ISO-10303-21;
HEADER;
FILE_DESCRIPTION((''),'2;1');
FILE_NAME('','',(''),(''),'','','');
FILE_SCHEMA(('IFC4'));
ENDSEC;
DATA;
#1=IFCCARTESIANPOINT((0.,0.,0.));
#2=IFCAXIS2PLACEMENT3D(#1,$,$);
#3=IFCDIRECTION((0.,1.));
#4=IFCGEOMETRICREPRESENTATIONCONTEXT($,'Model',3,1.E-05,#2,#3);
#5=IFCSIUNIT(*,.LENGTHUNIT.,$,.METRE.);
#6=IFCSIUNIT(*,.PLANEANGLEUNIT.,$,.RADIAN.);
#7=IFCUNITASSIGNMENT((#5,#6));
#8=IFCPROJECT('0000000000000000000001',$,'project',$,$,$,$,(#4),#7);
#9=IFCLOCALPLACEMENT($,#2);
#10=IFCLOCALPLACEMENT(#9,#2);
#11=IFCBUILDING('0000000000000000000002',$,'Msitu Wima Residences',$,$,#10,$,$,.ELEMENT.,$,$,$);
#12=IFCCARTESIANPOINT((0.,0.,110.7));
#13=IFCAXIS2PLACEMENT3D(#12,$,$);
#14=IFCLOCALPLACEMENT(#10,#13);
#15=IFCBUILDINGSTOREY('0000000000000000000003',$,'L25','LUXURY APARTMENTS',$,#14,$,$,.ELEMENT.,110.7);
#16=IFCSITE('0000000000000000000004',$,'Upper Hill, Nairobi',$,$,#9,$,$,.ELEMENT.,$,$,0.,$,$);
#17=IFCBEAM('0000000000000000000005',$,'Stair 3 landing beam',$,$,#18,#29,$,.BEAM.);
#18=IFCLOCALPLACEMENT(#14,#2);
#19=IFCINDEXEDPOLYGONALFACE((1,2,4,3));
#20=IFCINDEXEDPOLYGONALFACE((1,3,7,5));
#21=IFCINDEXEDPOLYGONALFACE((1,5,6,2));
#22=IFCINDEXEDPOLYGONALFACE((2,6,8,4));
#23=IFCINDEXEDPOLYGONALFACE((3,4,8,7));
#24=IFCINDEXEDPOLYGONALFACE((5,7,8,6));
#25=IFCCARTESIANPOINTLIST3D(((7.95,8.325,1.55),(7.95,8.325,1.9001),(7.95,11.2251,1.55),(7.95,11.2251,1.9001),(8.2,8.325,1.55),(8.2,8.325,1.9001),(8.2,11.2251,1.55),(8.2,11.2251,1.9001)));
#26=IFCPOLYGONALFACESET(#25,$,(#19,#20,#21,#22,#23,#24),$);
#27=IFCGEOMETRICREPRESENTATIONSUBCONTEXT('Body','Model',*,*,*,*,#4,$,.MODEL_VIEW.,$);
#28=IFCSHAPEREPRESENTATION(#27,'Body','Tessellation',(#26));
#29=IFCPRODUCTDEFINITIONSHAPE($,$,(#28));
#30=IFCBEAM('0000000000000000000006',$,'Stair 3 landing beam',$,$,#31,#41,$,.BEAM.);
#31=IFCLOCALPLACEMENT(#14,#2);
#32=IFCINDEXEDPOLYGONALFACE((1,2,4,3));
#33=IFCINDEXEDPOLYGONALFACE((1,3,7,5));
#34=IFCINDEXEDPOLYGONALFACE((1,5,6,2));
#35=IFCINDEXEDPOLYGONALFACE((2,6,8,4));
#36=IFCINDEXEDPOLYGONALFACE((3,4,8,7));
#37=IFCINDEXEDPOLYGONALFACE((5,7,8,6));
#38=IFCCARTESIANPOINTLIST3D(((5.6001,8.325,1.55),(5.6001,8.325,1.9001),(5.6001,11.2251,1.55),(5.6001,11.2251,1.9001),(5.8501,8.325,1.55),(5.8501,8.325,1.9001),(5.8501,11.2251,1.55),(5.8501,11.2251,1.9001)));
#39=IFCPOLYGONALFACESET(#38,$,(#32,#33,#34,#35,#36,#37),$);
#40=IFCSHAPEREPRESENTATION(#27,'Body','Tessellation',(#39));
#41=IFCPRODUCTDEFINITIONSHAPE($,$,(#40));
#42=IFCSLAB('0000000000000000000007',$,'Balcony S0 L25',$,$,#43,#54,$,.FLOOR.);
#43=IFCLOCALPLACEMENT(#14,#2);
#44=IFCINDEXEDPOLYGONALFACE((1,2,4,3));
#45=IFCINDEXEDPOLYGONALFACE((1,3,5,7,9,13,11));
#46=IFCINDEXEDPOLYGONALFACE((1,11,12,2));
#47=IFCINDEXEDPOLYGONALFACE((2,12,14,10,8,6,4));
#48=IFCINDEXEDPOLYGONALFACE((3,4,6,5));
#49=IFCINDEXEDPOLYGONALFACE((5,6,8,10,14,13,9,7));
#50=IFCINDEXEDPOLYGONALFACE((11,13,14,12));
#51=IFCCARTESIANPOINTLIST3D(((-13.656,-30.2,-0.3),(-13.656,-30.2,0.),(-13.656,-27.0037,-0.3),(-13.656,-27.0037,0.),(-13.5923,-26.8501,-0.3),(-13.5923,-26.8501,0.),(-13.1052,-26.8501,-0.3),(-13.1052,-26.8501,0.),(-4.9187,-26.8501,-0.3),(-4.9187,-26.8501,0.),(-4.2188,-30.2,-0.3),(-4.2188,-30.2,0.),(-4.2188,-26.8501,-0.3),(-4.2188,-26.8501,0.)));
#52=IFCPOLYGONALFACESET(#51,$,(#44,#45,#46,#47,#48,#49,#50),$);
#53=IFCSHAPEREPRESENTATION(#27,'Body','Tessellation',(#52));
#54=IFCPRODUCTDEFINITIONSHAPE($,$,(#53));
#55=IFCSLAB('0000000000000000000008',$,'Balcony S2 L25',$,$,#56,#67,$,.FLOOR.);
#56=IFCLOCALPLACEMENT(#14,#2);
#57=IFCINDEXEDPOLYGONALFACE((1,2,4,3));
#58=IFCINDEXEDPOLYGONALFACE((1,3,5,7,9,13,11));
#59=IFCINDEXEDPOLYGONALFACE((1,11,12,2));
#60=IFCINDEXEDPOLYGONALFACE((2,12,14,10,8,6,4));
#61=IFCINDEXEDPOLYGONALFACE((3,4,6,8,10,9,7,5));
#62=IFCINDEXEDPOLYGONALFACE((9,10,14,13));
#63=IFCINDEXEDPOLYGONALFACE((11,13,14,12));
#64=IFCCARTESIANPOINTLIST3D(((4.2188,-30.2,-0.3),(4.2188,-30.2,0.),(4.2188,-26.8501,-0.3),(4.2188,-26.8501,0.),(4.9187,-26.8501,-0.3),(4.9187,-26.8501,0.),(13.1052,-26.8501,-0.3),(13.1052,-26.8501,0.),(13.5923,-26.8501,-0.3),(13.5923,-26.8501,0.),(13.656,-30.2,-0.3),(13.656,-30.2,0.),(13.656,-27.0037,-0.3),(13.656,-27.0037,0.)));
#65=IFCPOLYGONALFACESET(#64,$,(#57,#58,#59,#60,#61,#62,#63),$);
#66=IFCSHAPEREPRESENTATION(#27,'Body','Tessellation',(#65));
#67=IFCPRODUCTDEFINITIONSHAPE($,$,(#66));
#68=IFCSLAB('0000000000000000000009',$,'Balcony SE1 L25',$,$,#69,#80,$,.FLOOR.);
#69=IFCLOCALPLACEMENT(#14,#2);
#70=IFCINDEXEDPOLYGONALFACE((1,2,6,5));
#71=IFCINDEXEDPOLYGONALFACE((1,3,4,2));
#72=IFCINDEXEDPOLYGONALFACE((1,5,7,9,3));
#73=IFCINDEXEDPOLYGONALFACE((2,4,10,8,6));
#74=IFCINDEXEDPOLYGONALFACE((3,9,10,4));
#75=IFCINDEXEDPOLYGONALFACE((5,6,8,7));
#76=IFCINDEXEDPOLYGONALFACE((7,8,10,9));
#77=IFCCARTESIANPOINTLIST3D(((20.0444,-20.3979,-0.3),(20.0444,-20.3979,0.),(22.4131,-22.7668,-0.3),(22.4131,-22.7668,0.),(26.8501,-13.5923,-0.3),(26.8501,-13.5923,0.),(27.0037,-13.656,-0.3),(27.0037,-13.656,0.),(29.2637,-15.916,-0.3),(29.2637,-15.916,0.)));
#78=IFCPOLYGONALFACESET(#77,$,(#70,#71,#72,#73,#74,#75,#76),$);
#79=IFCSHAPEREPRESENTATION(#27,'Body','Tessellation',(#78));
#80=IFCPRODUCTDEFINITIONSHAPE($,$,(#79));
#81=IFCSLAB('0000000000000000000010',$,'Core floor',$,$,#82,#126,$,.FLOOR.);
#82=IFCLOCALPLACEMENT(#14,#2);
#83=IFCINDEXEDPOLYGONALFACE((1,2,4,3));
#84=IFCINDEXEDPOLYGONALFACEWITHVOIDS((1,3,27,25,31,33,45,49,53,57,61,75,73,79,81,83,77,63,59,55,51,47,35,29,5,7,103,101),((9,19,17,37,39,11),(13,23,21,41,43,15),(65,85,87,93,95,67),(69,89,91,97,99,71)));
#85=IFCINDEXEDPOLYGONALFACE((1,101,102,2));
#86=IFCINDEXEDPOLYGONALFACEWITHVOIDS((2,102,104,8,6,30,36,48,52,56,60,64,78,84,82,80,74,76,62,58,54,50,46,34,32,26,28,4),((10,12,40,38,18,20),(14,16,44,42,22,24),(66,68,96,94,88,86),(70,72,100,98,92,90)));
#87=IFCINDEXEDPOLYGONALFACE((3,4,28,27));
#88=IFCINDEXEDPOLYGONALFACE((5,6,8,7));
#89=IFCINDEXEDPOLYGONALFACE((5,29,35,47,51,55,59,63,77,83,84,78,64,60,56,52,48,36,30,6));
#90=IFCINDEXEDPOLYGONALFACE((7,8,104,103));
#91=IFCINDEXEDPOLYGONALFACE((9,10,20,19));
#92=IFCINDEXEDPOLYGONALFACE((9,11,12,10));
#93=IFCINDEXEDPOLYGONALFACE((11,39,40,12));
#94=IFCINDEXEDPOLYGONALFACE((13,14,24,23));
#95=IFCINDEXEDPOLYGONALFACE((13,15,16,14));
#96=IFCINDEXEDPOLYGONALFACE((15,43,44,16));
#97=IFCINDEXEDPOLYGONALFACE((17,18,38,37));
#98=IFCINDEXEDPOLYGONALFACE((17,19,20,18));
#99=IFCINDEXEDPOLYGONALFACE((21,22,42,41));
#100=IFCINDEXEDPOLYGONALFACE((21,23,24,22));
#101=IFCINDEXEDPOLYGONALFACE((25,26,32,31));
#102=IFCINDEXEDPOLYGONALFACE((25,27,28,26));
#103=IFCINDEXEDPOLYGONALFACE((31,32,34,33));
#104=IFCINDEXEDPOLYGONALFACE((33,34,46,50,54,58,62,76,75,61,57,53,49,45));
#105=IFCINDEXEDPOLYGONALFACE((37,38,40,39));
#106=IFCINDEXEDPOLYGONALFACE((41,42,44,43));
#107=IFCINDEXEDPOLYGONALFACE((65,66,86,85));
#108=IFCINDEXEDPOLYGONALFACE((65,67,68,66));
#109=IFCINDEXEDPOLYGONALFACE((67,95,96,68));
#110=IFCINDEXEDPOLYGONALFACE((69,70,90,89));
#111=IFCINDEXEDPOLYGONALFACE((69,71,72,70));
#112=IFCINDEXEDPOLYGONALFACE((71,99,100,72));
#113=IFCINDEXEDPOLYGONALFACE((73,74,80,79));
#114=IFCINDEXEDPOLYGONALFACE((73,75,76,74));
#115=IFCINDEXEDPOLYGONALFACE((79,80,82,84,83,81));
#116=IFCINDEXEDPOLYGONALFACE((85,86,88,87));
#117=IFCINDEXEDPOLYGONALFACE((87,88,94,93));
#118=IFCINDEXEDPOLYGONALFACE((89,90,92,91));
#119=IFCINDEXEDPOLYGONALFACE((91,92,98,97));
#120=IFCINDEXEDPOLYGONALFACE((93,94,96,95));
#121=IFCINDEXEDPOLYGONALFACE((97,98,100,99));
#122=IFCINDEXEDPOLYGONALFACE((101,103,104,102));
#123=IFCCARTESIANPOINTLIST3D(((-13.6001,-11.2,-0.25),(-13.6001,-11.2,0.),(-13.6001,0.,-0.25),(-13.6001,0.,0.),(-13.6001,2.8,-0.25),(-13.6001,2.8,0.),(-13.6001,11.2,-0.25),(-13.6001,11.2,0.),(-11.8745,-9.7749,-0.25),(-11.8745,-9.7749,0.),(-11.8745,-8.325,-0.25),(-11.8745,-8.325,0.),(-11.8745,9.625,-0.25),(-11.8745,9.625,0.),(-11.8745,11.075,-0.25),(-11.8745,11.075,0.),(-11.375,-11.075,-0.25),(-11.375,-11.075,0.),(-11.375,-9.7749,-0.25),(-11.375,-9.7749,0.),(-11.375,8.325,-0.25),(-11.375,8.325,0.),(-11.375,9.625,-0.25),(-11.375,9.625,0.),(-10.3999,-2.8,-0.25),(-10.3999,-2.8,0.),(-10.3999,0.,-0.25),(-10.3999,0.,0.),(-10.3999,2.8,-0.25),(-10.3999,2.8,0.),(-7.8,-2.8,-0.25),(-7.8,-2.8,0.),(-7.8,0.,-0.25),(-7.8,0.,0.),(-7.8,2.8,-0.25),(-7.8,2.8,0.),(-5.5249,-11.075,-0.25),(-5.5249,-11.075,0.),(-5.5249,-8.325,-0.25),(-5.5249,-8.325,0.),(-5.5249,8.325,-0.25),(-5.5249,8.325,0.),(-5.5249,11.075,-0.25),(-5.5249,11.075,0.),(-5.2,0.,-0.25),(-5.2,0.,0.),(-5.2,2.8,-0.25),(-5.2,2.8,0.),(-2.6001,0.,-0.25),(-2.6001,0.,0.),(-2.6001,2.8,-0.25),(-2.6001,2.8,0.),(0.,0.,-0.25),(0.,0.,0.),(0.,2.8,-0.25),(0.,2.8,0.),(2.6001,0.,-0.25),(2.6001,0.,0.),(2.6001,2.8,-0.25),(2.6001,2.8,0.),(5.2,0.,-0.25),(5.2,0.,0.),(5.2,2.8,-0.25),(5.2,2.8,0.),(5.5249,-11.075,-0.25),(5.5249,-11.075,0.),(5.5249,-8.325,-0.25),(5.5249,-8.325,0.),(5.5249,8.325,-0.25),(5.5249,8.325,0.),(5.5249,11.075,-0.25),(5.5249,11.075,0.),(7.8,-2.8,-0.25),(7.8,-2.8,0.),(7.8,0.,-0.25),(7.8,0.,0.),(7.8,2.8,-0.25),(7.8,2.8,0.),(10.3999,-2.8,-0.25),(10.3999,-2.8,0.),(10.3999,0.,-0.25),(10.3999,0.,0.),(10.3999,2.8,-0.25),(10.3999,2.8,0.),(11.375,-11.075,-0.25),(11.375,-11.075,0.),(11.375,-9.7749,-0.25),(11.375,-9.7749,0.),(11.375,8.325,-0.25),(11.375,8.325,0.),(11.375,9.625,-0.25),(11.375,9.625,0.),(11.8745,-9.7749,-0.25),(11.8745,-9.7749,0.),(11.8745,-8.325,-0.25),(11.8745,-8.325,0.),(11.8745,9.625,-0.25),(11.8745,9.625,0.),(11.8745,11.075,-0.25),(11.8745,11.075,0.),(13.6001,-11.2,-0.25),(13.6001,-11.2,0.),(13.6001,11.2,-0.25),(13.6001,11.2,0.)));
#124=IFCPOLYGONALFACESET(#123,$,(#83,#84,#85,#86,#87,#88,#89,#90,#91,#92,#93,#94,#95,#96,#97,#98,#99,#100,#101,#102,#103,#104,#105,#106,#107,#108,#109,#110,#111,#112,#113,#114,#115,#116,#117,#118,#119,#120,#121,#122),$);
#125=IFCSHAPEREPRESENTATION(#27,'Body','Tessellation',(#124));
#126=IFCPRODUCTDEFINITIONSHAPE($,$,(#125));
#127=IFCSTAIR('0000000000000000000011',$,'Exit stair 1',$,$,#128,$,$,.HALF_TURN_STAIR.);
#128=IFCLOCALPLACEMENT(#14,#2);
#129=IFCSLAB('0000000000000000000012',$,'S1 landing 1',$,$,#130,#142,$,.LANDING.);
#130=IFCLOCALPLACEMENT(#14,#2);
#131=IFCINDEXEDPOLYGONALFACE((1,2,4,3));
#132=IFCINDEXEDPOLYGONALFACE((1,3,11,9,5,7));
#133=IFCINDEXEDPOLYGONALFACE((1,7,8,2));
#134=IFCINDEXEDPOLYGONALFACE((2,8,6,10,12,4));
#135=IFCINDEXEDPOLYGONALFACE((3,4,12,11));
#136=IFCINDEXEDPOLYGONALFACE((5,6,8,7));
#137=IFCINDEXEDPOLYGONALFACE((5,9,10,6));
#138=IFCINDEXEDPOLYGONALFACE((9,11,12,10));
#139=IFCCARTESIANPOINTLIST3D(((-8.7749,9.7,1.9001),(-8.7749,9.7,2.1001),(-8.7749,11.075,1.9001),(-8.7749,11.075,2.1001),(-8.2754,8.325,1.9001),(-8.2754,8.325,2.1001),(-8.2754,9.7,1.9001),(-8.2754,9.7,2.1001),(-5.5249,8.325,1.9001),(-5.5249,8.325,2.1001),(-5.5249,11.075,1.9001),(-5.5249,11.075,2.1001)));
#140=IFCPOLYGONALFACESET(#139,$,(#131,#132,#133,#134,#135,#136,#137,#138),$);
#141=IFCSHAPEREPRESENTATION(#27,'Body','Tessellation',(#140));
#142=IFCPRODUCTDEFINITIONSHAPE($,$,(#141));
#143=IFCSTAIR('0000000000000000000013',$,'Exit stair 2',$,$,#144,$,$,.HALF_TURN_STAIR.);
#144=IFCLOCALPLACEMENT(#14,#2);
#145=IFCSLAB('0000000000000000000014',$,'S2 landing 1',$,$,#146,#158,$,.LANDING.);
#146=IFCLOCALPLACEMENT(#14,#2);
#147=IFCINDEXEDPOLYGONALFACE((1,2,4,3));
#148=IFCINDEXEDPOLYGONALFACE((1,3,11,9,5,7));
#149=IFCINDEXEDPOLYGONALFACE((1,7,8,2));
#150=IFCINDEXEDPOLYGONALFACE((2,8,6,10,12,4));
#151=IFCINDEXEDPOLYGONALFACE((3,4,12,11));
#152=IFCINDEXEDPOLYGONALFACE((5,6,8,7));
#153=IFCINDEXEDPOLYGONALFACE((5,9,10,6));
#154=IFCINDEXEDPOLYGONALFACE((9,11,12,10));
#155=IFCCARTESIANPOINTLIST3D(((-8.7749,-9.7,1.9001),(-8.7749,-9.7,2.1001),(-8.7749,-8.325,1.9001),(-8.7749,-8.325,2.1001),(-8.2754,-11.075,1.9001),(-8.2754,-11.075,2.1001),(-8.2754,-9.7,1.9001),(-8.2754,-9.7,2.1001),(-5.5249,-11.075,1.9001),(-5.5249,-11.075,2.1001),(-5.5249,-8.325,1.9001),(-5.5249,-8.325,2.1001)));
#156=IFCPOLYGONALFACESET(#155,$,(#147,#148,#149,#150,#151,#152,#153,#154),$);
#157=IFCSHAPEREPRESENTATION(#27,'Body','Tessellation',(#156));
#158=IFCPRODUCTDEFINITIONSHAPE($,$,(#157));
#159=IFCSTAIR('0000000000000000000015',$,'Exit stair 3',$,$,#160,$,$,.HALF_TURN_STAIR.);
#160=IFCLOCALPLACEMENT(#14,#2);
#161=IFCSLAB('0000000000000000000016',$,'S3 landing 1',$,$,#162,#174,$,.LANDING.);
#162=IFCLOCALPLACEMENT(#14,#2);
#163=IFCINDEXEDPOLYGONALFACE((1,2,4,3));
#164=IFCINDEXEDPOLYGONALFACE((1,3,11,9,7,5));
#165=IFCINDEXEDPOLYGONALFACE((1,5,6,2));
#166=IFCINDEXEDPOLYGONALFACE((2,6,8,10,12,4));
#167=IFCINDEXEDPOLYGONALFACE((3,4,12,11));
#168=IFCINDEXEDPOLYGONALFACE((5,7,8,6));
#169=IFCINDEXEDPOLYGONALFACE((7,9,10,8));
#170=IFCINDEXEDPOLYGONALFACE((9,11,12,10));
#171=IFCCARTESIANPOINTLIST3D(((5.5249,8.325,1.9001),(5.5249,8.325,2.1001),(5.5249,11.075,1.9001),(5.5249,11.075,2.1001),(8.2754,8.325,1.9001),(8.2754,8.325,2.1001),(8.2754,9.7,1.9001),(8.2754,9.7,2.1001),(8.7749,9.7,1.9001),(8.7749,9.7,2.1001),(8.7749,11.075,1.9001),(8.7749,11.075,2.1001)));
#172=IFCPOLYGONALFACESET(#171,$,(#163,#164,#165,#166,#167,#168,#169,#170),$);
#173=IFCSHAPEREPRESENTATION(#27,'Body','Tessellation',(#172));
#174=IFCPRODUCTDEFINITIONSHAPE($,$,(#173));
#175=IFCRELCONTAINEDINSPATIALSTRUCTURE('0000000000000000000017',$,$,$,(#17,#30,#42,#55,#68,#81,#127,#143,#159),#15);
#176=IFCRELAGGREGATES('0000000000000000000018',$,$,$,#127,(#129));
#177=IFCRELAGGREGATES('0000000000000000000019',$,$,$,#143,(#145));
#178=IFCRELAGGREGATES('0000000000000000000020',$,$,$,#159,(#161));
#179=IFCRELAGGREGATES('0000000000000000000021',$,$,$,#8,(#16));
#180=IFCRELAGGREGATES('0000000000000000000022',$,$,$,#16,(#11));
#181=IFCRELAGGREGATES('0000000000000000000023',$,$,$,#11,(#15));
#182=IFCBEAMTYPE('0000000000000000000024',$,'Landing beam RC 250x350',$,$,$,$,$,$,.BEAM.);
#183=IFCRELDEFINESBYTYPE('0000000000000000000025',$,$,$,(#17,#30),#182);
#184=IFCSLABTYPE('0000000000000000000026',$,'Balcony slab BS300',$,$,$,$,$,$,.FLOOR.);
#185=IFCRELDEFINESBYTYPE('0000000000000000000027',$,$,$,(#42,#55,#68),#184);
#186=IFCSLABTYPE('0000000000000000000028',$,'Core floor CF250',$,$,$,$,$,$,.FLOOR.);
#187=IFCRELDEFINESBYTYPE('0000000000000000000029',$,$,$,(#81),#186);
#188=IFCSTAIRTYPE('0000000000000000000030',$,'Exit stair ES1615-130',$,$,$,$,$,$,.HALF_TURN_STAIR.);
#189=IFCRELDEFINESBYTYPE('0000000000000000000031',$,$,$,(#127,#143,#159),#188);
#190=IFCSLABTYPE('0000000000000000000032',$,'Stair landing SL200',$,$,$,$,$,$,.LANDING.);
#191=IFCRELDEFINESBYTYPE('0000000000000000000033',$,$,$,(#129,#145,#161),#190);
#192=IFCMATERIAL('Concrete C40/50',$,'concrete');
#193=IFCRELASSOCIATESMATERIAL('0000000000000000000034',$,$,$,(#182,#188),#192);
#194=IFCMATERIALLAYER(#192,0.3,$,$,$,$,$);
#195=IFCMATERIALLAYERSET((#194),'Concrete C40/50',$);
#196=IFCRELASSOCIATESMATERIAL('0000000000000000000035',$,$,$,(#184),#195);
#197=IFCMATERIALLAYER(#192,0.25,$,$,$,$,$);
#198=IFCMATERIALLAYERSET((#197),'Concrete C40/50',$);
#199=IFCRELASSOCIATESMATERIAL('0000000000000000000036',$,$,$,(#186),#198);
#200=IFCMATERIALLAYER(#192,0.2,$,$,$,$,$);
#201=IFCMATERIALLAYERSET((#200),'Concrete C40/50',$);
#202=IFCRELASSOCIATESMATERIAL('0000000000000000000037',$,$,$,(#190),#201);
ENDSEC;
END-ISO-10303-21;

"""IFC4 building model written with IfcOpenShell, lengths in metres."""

from ifc_helpers import new_model, si_unit, direction, frame, origin, origin_2d, place, context, subcontext, project, spatial, polyline, rectangle, outline, extrude, material, layer, layer_set, material_profile, profile_set, type_object, element, aggregate, save


model = new_model("IFC4")

# Units and contexts
model_context = context("Model", 3, precision=1e-05, world=origin(), true_north=direction((0.0, 1.0)))
body_context = subcontext(model_context, "Body", "Model", "MODEL_VIEW")
ifc_project = project(units=[si_unit("LENGTHUNIT", "METRE"), si_unit("PLANEANGLEUNIT", "RADIAN")], contexts=[model_context])

# Site, building, storey
site_placement = place(None, origin())
site = spatial("IfcSite", under=ifc_project, at=site_placement, Name="Upper Hill, Nairobi", CompositionType="ELEMENT", RefElevation=0.0)
building_placement = place(site_placement, origin())
building = spatial("IfcBuilding", under=site, at=building_placement, Name="Msitu Wima Residences", CompositionType="ELEMENT")
storey_placement = place(building_placement, frame((0.0, 0.0, 110.7)))
storey = spatial("IfcBuildingStorey", under=building, at=storey_placement, Name="L25", Description="LUXURY APARTMENTS", CompositionType="ELEMENT", Elevation=110.7)

# Beams
ifc_material_1 = material(Name="Concrete C40/50", Category="concrete")
ifc_material_profile = material_profile(ifc_material_1, rectangle(XDim=0.25, YDim=0.3501, at=origin_2d()), Name="RC 250x350")
ifc_profile_set = profile_set([ifc_material_profile], Name="Concrete C40/50")
beam_type = type_object("IfcBeamType", Name="Landing beam RC 250x350", PredefinedType="BEAM", material=ifc_profile_set)
for number, where, z_axis, x_axis, name in (
    (1, (8.075, 8.325, 1.7251), (0.0, 1.0, 0.0), (-1.0, 0.0, 0.0), "Stair 3 landing beam"),
    (2, (5.7251, 8.325, 1.7251), (0.0, 1.0, 0.0), (-1.0, 0.0, 0.0), "Stair 3 landing beam"),
):
    element("IfcBeam", number, at=place(storey_placement, frame(where, z_axis=z_axis, x_axis=x_axis)), inside=storey, type_object=beam_type, Name=name, PredefinedType="BEAM", context=body_context, shape_type="SweptSolid", body=[
        extrude(rectangle(XDim=0.25, YDim=0.3501, at=origin_2d()), origin(), (0.0, 0.0, 1.0), 2.9001),
    ])

# Slabs
ifc_layer_1 = layer(ifc_material_1, 0.3)
ifc_layer_set_1 = layer_set([ifc_layer_1], Name="Concrete C40/50")
slab_type_1 = type_object("IfcSlabType", Name="Balcony slab BS300", PredefinedType="FLOOR", material=ifc_layer_set_1)
slab_1_placement = place(storey_placement, frame((0.0, 0.0, -0.3)))
element("IfcSlab", 3, at=slab_1_placement, inside=storey, type_object=slab_type_1, Name="Balcony S0 L25", PredefinedType="FLOOR", context=body_context, shape_type="SweptSolid", body=[
    extrude(outline(polyline([(-13.1052, -26.8501), (-13.1052, -26.8501), (-4.9187, -26.8501), (-4.9187, -26.8501), (-4.2188, -26.8501), (-4.2188, -30.2), (-13.656, -30.2), (-13.656, -27.0037), (-13.5923, -26.8501), (-13.1052, -26.8501), (-13.1052, -26.8501)])), origin(), (0.0, 0.0, 1.0), 0.3),
])
slab_2_placement = place(storey_placement, frame((0.0, 0.0, -0.3)))
element("IfcSlab", 4, at=slab_2_placement, inside=storey, type_object=slab_type_1, Name="Balcony S2 L25", PredefinedType="FLOOR", context=body_context, shape_type="SweptSolid", body=[
    extrude(outline(polyline([(13.1052, -26.8501), (13.1052, -26.8501), (13.5923, -26.8501), (13.656, -27.0037), (13.656, -30.2), (4.2188, -30.2), (4.2188, -26.8501), (4.9187, -26.8501), (4.9187, -26.8501), (13.1052, -26.8501), (13.1052, -26.8501)])), origin(), (0.0, 0.0, 1.0), 0.3),
])
slab_3_placement = place(storey_placement, frame((0.0, 0.0, -0.3)))
element("IfcSlab", 5, at=slab_3_placement, inside=storey, type_object=slab_type_1, Name="Balcony SE1 L25", PredefinedType="FLOOR", context=body_context, shape_type="SweptSolid", body=[
    extrude(outline(polyline([(29.2637, -15.916), (22.4131, -22.7668), (20.0444, -20.3979), (26.8501, -13.5923), (27.0037, -13.656), (29.2637, -15.916)])), origin(), (0.0, 0.0, 1.0), 0.3),
])
ifc_layer_2 = layer(ifc_material_1, 0.25)
ifc_layer_set_2 = layer_set([ifc_layer_2], Name="Concrete C40/50")
slab_type_2 = type_object("IfcSlabType", Name="Core floor CF250", PredefinedType="FLOOR", material=ifc_layer_set_2)
slab_4_placement = place(storey_placement, frame((0.0, 0.0, -0.25)))
element("IfcSlab", 6, at=slab_4_placement, inside=storey, type_object=slab_type_2, Name="Core floor", PredefinedType="FLOOR", context=body_context, shape_type="SweptSolid", body=[
    extrude(outline(polyline([(-13.6001, 11.2), (-13.6001, 2.8), (-10.3999, 2.8), (-7.8, 2.8), (-5.2, 2.8), (-2.6001, 2.8), (0.0, 2.8), (2.6001, 2.8), (5.2, 2.8), (7.8, 2.8), (10.3999, 2.8), (10.3999, 0.0), (10.3999, -2.8), (7.8, -2.8), (7.8, 0.0), (5.2, 0.0), (2.6001, 0.0), (0.0, 0.0), (-2.6001, 0.0), (-5.2, 0.0), (-7.8, 0.0), (-7.8, -2.8), (-10.3999, -2.8), (-10.3999, 0.0), (-13.6001, 0.0), (-13.6001, -11.2), (13.6001, -11.2), (13.6001, 11.2), (-13.6001, 11.2)]), holes=[polyline([(-11.375, -11.075), (-11.375, -9.7749), (-11.8745, -9.7749), (-11.8745, -8.325), (-5.5249, -8.325), (-5.5249, -11.075), (-11.375, -11.075)]), polyline([(-11.375, 9.625), (-11.8745, 9.625), (-11.8745, 11.075), (-5.5249, 11.075), (-5.5249, 8.325), (-11.375, 8.325), (-11.375, 9.625)]), polyline([(11.375, -9.7749), (11.375, -11.075), (5.5249, -11.075), (5.5249, -8.325), (11.8745, -8.325), (11.8745, -9.7749), (11.375, -9.7749)]), polyline([(11.375, 9.625), (11.375, 8.325), (5.5249, 8.325), (5.5249, 11.075), (11.8745, 11.075), (11.8745, 9.625), (11.375, 9.625)])]), origin(), (0.0, 0.0, 1.0), 0.25),
])

# Stairs, slabs
stair_type = type_object("IfcStairType", Name="Exit stair ES1615-130", PredefinedType="HALF_TURN_STAIR", material=ifc_material_1)
stair_1_placement = place(storey_placement, origin())
stair_1 = element("IfcStair", 7, at=stair_1_placement, inside=storey, type_object=stair_type, Name="Exit stair 1", PredefinedType="HALF_TURN_STAIR")
ifc_layer_3 = layer(ifc_material_1, 0.2)
ifc_layer_set_3 = layer_set([ifc_layer_3], Name="Concrete C40/50")
slab_type_3 = type_object("IfcSlabType", Name="Stair landing SL200", PredefinedType="LANDING", material=ifc_layer_set_3)
slab_5_placement = place(storey_placement, frame((0.0, 0.0, 1.9001)))
slab_5 = element("IfcSlab", 8, at=slab_5_placement, type_object=slab_type_3, Name="S1 landing 1", PredefinedType="LANDING", context=body_context, shape_type="SweptSolid", body=[
    extrude(outline(polyline([(-5.5249, 8.325), (-8.2754, 8.325), (-8.2754, 9.7), (-8.7749, 9.7), (-8.7749, 11.075), (-5.5249, 11.075), (-5.5249, 8.325)])), origin(), (0.0, 0.0, 1.0), 0.2),
])
aggregate(stair_1, [slab_5])
stair_2_placement = place(storey_placement, origin())
stair_2 = element("IfcStair", 9, at=stair_2_placement, inside=storey, type_object=stair_type, Name="Exit stair 2", PredefinedType="HALF_TURN_STAIR")
slab_6_placement = place(storey_placement, frame((0.0, 0.0, 1.9001)))
slab_6 = element("IfcSlab", 10, at=slab_6_placement, type_object=slab_type_3, Name="S2 landing 1", PredefinedType="LANDING", context=body_context, shape_type="SweptSolid", body=[
    extrude(outline(polyline([(-5.5249, -11.075), (-8.2754, -11.075), (-8.2754, -9.7), (-8.7749, -9.7), (-8.7749, -8.325), (-5.5249, -8.325), (-5.5249, -11.075)])), origin(), (0.0, 0.0, 1.0), 0.2),
])
aggregate(stair_2, [slab_6])
stair_3_placement = place(storey_placement, origin())
stair_3 = element("IfcStair", 11, at=stair_3_placement, inside=storey, type_object=stair_type, Name="Exit stair 3", PredefinedType="HALF_TURN_STAIR")
slab_7_placement = place(storey_placement, frame((0.0, 0.0, 1.9001)))
slab_7 = element("IfcSlab", 12, at=slab_7_placement, type_object=slab_type_3, Name="S3 landing 1", PredefinedType="LANDING", context=body_context, shape_type="SweptSolid", body=[
    extrude(outline(polyline([(5.5249, 8.325), (8.2754, 8.325), (8.2754, 9.7), (8.7749, 9.7), (8.7749, 11.075), (5.5249, 11.075), (5.5249, 8.325)])), origin(), (0.0, 0.0, 1.0), 0.2),
])

aggregate(stair_3, [slab_7])

save(model, "model.ifc")
